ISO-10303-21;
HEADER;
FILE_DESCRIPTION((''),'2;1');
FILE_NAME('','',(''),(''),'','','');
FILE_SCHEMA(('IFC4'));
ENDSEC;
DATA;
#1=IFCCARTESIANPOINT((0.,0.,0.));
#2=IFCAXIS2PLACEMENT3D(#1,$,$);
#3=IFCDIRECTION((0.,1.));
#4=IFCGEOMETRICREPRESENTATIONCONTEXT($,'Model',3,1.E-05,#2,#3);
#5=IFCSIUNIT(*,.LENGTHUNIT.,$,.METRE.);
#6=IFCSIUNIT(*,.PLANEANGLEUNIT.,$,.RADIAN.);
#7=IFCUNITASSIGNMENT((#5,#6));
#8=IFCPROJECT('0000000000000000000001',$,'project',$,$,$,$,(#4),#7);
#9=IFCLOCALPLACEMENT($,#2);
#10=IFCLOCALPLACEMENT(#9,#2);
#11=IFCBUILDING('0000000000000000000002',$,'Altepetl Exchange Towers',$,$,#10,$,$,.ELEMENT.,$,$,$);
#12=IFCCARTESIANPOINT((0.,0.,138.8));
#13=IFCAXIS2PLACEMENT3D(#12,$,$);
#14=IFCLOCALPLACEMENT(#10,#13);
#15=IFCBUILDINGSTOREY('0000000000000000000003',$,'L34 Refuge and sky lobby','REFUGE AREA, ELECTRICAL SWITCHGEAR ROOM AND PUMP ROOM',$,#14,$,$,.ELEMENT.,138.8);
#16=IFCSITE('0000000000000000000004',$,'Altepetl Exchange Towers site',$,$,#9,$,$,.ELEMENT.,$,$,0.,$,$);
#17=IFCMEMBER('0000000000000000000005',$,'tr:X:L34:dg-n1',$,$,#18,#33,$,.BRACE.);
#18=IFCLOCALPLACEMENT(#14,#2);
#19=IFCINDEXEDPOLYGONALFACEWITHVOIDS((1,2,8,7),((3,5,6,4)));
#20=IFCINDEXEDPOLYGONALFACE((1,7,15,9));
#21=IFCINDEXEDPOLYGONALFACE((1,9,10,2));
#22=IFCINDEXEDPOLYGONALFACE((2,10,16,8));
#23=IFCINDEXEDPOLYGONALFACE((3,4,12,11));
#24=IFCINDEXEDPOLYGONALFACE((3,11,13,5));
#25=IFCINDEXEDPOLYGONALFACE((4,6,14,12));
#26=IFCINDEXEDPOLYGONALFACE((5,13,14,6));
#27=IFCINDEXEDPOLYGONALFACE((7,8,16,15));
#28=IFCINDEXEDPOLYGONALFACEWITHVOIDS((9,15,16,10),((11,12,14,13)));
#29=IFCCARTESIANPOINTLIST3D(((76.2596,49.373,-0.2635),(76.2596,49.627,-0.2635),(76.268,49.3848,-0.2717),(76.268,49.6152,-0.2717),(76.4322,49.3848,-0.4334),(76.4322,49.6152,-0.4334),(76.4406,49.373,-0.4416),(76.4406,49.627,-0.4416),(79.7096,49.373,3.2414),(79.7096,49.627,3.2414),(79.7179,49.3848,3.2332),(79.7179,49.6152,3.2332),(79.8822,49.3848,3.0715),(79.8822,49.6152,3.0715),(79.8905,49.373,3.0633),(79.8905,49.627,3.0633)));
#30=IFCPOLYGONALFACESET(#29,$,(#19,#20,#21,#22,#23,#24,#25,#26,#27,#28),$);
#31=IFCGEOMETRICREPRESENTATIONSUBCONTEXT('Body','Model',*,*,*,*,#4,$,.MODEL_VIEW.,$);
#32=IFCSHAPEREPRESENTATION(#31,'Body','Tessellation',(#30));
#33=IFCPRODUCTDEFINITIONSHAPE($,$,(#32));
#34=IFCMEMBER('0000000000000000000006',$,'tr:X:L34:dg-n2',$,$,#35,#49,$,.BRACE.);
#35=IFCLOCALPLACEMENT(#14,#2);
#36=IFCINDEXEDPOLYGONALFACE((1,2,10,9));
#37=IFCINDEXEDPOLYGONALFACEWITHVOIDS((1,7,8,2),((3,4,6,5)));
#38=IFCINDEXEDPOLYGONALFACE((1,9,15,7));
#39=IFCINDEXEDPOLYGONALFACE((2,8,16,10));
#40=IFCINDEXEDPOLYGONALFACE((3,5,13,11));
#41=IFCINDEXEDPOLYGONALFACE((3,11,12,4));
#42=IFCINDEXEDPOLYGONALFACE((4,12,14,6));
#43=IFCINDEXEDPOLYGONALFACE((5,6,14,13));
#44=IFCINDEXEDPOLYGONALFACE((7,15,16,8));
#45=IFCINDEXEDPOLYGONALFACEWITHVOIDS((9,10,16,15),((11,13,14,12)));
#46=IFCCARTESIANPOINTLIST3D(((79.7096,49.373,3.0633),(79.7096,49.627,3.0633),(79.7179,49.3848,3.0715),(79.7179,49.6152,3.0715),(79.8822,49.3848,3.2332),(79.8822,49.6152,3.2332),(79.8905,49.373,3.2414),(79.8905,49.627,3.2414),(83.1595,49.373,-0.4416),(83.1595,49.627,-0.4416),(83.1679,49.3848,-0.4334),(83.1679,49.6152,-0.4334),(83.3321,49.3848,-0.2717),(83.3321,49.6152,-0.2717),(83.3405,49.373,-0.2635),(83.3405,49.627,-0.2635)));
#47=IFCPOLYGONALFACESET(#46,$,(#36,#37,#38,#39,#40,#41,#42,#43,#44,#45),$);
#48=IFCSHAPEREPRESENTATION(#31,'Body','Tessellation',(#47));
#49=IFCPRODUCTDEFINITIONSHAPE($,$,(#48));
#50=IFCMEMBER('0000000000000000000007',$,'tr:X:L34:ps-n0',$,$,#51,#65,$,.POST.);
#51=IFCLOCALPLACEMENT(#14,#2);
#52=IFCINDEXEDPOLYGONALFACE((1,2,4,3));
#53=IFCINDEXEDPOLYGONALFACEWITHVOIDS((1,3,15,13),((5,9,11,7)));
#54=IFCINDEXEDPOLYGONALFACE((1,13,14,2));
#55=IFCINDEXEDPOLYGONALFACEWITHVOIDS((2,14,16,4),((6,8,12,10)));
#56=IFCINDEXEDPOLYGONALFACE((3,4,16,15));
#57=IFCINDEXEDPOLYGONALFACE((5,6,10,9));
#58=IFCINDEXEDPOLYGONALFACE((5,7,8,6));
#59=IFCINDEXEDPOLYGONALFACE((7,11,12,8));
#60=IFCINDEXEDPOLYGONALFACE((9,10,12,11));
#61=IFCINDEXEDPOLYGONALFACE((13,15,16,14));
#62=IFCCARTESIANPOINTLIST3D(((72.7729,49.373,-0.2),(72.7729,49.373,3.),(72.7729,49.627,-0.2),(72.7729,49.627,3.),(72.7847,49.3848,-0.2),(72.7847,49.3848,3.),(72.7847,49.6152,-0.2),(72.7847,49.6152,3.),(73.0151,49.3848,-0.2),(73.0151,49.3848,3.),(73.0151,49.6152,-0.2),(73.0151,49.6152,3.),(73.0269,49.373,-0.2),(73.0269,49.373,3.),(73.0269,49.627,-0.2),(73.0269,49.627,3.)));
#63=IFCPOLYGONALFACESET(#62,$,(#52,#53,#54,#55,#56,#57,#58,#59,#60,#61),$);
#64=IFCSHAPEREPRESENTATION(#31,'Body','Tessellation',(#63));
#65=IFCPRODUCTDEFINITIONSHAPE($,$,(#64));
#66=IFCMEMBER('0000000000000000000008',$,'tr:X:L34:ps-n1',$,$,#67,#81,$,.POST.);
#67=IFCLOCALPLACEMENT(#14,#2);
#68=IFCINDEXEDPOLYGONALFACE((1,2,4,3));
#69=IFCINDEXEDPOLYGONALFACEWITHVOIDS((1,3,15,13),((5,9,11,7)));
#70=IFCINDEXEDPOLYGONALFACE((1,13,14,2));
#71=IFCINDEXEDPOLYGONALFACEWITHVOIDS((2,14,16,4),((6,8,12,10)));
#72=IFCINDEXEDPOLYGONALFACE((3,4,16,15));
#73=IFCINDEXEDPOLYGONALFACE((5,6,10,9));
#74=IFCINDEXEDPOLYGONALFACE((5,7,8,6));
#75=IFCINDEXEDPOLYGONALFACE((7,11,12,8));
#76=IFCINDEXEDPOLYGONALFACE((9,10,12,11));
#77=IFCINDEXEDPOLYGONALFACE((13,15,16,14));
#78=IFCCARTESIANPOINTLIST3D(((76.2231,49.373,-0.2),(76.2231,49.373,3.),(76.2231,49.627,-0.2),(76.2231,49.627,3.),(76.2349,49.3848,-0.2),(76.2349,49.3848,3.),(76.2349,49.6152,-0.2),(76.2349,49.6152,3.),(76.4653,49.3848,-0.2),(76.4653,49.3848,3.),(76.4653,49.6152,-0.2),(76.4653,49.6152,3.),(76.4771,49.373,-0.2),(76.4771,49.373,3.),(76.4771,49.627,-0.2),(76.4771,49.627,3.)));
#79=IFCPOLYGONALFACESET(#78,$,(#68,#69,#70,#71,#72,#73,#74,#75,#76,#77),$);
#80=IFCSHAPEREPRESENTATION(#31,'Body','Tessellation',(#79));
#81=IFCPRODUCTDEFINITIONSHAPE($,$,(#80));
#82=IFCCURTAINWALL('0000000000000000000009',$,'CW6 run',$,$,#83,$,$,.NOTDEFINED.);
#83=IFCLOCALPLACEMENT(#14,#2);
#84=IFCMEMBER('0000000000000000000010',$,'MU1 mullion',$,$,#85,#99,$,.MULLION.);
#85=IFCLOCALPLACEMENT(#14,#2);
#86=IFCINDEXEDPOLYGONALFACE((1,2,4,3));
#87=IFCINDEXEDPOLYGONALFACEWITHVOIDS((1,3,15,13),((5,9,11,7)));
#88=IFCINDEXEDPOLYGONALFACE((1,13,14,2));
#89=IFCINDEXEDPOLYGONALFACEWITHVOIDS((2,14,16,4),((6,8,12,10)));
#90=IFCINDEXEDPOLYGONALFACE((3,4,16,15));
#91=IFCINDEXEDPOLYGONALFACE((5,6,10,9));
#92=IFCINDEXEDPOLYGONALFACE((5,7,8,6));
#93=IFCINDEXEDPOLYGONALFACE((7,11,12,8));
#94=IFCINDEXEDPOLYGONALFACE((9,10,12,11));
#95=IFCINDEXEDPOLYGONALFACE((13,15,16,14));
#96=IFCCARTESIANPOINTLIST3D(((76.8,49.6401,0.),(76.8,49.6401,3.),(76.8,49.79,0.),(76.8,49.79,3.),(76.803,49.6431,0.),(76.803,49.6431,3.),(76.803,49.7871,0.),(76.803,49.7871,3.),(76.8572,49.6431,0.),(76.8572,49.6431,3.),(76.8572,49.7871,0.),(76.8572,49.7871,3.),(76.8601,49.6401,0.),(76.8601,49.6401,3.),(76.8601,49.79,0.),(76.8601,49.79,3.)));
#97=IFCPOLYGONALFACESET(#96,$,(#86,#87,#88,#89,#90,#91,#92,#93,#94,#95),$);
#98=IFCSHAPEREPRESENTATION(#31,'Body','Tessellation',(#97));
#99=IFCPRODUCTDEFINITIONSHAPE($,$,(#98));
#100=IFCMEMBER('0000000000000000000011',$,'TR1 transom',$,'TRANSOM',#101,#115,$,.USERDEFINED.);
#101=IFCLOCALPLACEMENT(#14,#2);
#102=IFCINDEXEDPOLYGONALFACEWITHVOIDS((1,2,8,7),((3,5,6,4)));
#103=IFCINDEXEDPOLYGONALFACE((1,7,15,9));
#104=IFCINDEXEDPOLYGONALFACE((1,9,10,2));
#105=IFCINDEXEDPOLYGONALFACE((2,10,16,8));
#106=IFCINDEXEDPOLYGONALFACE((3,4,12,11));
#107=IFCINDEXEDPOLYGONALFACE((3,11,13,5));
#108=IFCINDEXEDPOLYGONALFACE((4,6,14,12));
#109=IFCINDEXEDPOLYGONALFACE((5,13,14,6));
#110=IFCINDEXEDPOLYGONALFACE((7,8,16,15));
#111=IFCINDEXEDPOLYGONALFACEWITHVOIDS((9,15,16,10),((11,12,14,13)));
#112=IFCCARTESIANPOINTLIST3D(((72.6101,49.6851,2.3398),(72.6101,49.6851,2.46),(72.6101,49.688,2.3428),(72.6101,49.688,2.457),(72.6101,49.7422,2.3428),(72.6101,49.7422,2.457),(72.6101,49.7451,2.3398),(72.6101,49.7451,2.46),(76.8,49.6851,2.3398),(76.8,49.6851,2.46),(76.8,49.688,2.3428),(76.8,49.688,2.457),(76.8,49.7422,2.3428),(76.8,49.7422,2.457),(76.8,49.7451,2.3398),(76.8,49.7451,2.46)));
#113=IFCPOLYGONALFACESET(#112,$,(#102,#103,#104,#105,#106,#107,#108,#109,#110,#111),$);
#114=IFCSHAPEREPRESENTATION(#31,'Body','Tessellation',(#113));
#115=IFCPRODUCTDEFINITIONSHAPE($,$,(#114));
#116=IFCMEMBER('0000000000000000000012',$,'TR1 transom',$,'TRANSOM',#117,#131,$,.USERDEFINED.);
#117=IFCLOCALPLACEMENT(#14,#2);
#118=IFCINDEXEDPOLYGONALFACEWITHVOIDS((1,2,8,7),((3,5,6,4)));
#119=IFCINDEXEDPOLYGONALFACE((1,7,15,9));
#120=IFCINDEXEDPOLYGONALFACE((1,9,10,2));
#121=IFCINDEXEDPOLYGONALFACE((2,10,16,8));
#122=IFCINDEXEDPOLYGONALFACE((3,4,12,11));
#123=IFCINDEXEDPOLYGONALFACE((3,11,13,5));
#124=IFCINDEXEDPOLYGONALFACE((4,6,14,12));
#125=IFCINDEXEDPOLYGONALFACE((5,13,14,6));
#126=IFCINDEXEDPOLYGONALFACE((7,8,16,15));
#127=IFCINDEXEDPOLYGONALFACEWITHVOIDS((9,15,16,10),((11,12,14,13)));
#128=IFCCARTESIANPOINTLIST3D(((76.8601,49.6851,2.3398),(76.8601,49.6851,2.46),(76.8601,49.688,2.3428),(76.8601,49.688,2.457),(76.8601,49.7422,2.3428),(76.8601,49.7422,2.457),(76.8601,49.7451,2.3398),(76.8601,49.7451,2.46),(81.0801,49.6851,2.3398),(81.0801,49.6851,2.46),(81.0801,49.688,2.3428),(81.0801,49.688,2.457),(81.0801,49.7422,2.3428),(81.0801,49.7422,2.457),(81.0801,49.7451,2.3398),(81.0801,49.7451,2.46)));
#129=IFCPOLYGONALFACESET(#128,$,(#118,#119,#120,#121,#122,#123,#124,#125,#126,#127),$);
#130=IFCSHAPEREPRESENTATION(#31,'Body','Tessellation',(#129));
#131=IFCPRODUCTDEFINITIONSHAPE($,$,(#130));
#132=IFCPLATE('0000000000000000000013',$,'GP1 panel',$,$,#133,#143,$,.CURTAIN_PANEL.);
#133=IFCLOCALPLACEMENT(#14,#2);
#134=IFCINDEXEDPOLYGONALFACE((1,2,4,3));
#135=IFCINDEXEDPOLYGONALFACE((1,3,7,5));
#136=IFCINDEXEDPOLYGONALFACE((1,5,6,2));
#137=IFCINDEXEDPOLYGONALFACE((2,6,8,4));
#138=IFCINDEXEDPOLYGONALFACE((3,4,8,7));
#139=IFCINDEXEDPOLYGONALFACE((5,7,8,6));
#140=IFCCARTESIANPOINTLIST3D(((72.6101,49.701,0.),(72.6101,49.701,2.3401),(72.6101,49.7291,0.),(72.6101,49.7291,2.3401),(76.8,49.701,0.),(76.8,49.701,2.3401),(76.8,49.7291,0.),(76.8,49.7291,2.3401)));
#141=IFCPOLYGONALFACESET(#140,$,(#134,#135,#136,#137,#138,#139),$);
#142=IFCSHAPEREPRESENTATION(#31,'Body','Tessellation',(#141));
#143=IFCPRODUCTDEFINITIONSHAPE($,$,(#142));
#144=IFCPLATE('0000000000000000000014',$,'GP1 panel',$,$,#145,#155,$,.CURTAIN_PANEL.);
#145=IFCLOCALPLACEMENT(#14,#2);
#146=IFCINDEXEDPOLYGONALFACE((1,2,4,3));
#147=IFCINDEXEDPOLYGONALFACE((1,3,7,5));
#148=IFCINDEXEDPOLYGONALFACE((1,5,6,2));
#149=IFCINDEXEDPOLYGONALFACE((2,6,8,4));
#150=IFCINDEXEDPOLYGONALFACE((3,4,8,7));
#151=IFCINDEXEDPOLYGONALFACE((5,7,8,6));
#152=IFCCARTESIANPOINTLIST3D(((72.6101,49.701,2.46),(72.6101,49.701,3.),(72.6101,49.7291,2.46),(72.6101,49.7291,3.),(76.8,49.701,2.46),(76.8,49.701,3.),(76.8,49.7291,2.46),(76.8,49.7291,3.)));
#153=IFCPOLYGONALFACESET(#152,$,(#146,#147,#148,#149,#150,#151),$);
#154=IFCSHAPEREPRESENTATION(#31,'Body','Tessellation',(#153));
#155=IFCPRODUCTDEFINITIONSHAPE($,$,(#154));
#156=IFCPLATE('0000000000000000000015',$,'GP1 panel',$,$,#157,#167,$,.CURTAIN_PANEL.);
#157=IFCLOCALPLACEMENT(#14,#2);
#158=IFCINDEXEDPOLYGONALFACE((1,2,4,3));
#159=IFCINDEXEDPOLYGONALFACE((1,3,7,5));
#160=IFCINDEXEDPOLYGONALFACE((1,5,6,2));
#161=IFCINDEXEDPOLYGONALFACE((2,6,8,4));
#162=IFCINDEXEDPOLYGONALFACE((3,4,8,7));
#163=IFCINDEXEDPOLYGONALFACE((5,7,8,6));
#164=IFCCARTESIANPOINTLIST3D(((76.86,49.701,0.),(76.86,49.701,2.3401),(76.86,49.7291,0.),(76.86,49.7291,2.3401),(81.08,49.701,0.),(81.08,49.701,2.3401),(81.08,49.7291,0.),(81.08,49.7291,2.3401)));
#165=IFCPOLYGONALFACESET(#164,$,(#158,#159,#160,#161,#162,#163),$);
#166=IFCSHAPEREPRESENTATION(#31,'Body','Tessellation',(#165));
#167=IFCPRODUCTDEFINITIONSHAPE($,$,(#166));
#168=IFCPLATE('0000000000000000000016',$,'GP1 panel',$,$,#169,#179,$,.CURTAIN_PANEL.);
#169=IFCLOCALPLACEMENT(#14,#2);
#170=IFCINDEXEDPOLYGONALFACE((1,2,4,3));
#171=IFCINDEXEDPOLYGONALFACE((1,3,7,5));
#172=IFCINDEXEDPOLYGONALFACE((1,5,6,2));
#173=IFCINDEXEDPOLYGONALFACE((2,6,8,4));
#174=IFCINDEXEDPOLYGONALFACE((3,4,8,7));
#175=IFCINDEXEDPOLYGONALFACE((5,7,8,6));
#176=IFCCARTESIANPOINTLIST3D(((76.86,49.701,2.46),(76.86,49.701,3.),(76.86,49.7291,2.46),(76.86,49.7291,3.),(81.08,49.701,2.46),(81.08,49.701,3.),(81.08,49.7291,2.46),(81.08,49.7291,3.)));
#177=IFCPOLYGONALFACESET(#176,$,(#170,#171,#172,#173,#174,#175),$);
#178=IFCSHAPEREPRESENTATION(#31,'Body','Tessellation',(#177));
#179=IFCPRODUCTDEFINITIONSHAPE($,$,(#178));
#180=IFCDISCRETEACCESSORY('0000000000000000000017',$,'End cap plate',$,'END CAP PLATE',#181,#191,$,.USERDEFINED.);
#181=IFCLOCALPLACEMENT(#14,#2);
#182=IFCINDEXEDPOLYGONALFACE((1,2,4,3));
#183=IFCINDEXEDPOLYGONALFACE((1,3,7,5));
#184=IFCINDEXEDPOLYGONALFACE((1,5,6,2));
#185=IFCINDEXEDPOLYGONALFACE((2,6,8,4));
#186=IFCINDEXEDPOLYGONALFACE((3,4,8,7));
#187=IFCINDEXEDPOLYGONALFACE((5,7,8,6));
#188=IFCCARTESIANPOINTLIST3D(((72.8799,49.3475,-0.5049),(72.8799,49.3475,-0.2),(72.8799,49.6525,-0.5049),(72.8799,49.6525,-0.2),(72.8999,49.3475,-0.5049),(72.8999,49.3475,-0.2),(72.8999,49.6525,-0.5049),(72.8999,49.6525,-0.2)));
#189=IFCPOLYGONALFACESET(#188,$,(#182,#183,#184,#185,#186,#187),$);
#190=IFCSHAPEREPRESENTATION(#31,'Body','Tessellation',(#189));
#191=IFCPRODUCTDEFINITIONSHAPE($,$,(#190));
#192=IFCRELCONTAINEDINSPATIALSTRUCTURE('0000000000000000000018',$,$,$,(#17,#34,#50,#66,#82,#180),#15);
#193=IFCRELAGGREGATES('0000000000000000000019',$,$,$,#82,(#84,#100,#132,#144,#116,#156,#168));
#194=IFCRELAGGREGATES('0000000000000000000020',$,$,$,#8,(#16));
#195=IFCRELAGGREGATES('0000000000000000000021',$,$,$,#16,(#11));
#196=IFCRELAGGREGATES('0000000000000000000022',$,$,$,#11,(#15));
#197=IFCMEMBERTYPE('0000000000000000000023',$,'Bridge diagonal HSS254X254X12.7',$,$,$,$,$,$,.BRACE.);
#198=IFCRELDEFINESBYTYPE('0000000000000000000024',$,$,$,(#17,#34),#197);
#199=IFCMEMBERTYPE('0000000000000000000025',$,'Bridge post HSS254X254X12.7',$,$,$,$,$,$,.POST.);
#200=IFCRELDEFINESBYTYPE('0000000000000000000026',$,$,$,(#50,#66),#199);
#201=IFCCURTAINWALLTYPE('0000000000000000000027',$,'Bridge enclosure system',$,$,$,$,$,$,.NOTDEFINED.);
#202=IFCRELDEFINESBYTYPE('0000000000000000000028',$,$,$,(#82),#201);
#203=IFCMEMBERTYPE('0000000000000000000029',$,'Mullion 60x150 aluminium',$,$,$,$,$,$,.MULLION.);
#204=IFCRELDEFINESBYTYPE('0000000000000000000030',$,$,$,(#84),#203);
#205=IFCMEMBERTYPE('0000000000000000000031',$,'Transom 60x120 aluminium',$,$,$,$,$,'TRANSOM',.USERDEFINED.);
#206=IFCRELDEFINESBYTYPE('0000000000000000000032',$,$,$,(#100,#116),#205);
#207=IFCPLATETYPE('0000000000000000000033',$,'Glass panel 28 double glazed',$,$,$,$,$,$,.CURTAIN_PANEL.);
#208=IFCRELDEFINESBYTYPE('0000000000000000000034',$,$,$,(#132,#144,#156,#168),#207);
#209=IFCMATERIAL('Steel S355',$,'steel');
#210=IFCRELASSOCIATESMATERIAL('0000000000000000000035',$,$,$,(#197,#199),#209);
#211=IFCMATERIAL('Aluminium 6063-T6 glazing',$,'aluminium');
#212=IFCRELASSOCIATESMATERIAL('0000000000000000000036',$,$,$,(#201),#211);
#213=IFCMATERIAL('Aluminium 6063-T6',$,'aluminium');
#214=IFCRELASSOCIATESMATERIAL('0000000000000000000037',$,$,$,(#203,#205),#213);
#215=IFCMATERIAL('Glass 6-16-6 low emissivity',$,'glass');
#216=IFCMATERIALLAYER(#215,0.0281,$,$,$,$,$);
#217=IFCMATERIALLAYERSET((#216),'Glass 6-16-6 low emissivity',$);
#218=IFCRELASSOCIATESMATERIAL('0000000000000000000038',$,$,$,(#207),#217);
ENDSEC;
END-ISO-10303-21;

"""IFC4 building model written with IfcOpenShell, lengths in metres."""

from ifc_helpers import new_model, si_unit, direction, frame, origin, origin_2d, place, context, subcontext, project, spatial, rectangle, hollow_rectangle, extrude, material, layer, layer_set, material_profile, profile_set, type_object, element, aggregate, save


model = new_model("IFC4")

# Units and contexts
model_context = context("Model", 3, precision=1e-05, world=origin(), true_north=direction((0.0, 1.0)))
body_context = subcontext(model_context, "Body", "Model", "MODEL_VIEW")
ifc_project = project(units=[si_unit("LENGTHUNIT", "METRE"), si_unit("PLANEANGLEUNIT", "RADIAN")], contexts=[model_context])

# Site, building, storey
site_placement = place(None, origin())
site = spatial("IfcSite", under=ifc_project, at=site_placement, Name="Altepetl Exchange Towers site", CompositionType="ELEMENT", RefElevation=0.0)
building_placement = place(site_placement, origin())
building = spatial("IfcBuilding", under=site, at=building_placement, Name="Altepetl Exchange Towers", CompositionType="ELEMENT")
storey_placement = place(building_placement, frame((0.0, 0.0, 138.8)))
storey = spatial("IfcBuildingStorey", under=building, at=storey_placement, Name="L34 Refuge and sky lobby", Description="REFUGE AREA, ELECTRICAL SWITCHGEAR ROOM AND PUMP ROOM", CompositionType="ELEMENT", Elevation=138.8)

# Shared definitions
ifc_material_1 = material(Name="Steel S355", Category="steel")

# Members
ifc_material_profile_1 = material_profile(ifc_material_1, hollow_rectangle(XDim=0.2539, YDim=0.2539, WallThickness=0.0117, at=origin_2d()), Name="HSS254X254X12.7")
ifc_profile_set_1 = profile_set([ifc_material_profile_1], Name="Steel S355")
member_type_1 = type_object("IfcMemberType", Name="Bridge diagonal HSS254X254X12.7", PredefinedType="BRACE", material=ifc_profile_set_1)
for number, where, z_axis, x_axis, name in (
    (1, (76.3501, 49.5, -0.3525), (0.7015, 0.0, 0.71267), (0.0, 1.0, 0.0), "tr:X:L34:dg-n1"),
    (2, (79.8, 49.5, 3.1523), (0.7015, 0.0, -0.71267), (0.0, 1.0, 0.0), "tr:X:L34:dg-n2"),
):
    element("IfcMember", number, at=place(storey_placement, frame(where, z_axis=z_axis, x_axis=x_axis)), inside=storey, type_object=member_type_1, Name=name, PredefinedType="BRACE", context=body_context, shape_type="SweptSolid", body=[
        extrude(hollow_rectangle(XDim=0.2539, YDim=0.2539, WallThickness=0.0117, at=origin_2d()), origin(), (0.0, 0.0, 1.0), 4.918),
    ])
ifc_material_profile_2 = material_profile(ifc_material_1, hollow_rectangle(XDim=0.2539, YDim=0.2539, WallThickness=0.0117, at=origin_2d()), Name="HSS254X254X12.7")
ifc_profile_set_2 = profile_set([ifc_material_profile_2], Name="Steel S355")
member_type_2 = type_object("IfcMemberType", Name="Bridge post HSS254X254X12.7", PredefinedType="POST", material=ifc_profile_set_2)
for number, where, name in (
    (3, (72.8999, 49.5, -0.2), "tr:X:L34:ps-n0"),
    (4, (76.3501, 49.5, -0.2), "tr:X:L34:ps-n1"),
):
    element("IfcMember", number, at=place(storey_placement, frame(where)), inside=storey, type_object=member_type_2, Name=name, PredefinedType="POST", context=body_context, shape_type="SweptSolid", body=[
        extrude(hollow_rectangle(XDim=0.2539, YDim=0.2539, WallThickness=0.0117, at=origin_2d()), origin(), (0.0, 0.0, 1.0), 3.2),
    ])

# Curtain wall, members, plates
ifc_material_2 = material(Name="Aluminium 6063-T6 glazing", Category="aluminium")
curtain_wall_type = type_object("IfcCurtainWallType", Name="Bridge enclosure system", PredefinedType="NOTDEFINED", material=ifc_material_2)
curtain_wall_placement = place(storey_placement, origin())
curtain_wall = element("IfcCurtainWall", 5, at=curtain_wall_placement, inside=storey, type_object=curtain_wall_type, Name="CW6 run", PredefinedType="NOTDEFINED")
ifc_material_3 = material(Name="Aluminium 6063-T6", Category="aluminium")
ifc_material_profile_3 = material_profile(ifc_material_3, hollow_rectangle(XDim=0.0601, YDim=0.1499, WallThickness=0.0029, at=origin_2d()), Name="Mullion 60x150 aluminium")
ifc_profile_set_3 = profile_set([ifc_material_profile_3], Name="Aluminium 6063-T6")
member_type_3 = type_object("IfcMemberType", Name="Mullion 60x150 aluminium", PredefinedType="MULLION", material=ifc_profile_set_3)
member_1_placement = place(storey_placement, frame((76.8301, 49.7151, 0.0)))
member_1 = element("IfcMember", 6, at=member_1_placement, type_object=member_type_3, Name="MU1 mullion", PredefinedType="MULLION", context=body_context, shape_type="SweptSolid", body=[
    extrude(hollow_rectangle(XDim=0.0601, YDim=0.1499, WallThickness=0.0029, at=origin_2d()), origin(), (0.0, 0.0, 1.0), 3.0),
])
ifc_material_profile_4 = material_profile(ifc_material_3, hollow_rectangle(XDim=0.0601, YDim=0.1201, WallThickness=0.0029, at=origin_2d()), Name="Transom 60x120 aluminium")
ifc_profile_set_4 = profile_set([ifc_material_profile_4], Name="Aluminium 6063-T6")
member_type_4 = type_object("IfcMemberType", Name="Transom 60x120 aluminium", ElementType="TRANSOM", PredefinedType="USERDEFINED", material=ifc_profile_set_4)
member_2_placement = place(storey_placement, frame((72.6101, 49.7151, 2.3999), z_axis=(1.0, 0.0, 0.0), x_axis=(0.0, 1.0, 0.0)))
member_2 = element("IfcMember", 7, at=member_2_placement, type_object=member_type_4, Name="TR1 transom", ObjectType="TRANSOM", PredefinedType="USERDEFINED", context=body_context, shape_type="SweptSolid", body=[
    extrude(hollow_rectangle(XDim=0.0601, YDim=0.1201, WallThickness=0.0029, at=origin_2d()), origin(), (0.0, 0.0, 1.0), 4.1899),
])
member_3_placement = place(storey_placement, frame((76.8601, 49.7151, 2.3999), z_axis=(1.0, 0.0, 0.0), x_axis=(0.0, 1.0, 0.0)))
member_3 = element("IfcMember", 8, at=member_3_placement, type_object=member_type_4, Name="TR1 transom", ObjectType="TRANSOM", PredefinedType="USERDEFINED", context=body_context, shape_type="SweptSolid", body=[
    extrude(hollow_rectangle(XDim=0.0601, YDim=0.1201, WallThickness=0.0029, at=origin_2d()), origin(), (0.0, 0.0, 1.0), 4.22),
])
ifc_material_4 = material(Name="Glass 6-16-6 low emissivity", Category="glass")
ifc_layer = layer(ifc_material_4, 0.0281)
ifc_layer_set = layer_set([ifc_layer], Name="Glass 6-16-6 low emissivity")
plate_type = type_object("IfcPlateType", Name="Glass panel 28 double glazed", PredefinedType="CURTAIN_PANEL", material=ifc_layer_set)
plate_1_placement = place(storey_placement, frame((74.7051, 49.7151, 0.0)))
plate_1 = element("IfcPlate", 9, at=plate_1_placement, type_object=plate_type, Name="GP1 panel", PredefinedType="CURTAIN_PANEL", context=body_context, shape_type="SweptSolid", body=[
    extrude(rectangle(XDim=4.1899, YDim=0.0281, at=origin_2d()), origin(), (0.0, 0.0, 1.0), 2.3401),
])
plate_2_placement = place(storey_placement, frame((74.7051, 49.7151, 2.46)))
plate_2 = element("IfcPlate", 10, at=plate_2_placement, type_object=plate_type, Name="GP1 panel", PredefinedType="CURTAIN_PANEL", context=body_context, shape_type="SweptSolid", body=[
    extrude(rectangle(XDim=4.1899, YDim=0.0281, at=origin_2d()), origin(), (0.0, 0.0, 1.0), 0.54),
])
plate_3_placement = place(storey_placement, frame((78.97, 49.7151, 0.0)))
plate_3 = element("IfcPlate", 11, at=plate_3_placement, type_object=plate_type, Name="GP1 panel", PredefinedType="CURTAIN_PANEL", context=body_context, shape_type="SweptSolid", body=[
    extrude(rectangle(XDim=4.22, YDim=0.0281, at=origin_2d()), origin(), (0.0, 0.0, 1.0), 2.3401),
])
plate_4_placement = place(storey_placement, frame((78.97, 49.7151, 2.46)))
plate_4 = element("IfcPlate", 12, at=plate_4_placement, type_object=plate_type, Name="GP1 panel", PredefinedType="CURTAIN_PANEL", context=body_context, shape_type="SweptSolid", body=[
    extrude(rectangle(XDim=4.22, YDim=0.0281, at=origin_2d()), origin(), (0.0, 0.0, 1.0), 0.54),
])
aggregate(curtain_wall, [member_1, member_2, plate_1, plate_2, member_3, plate_3, plate_4])

# Discrete accessory
discrete_accessory_1_placement = place(storey_placement, frame((72.8899, 49.5, -0.5049), z_axis=(0.0, 0.0, 1.0), x_axis=(-1.0, 0.0, 0.0)))
element("IfcDiscreteAccessory", 13, at=discrete_accessory_1_placement, inside=storey, Name="End cap plate", ObjectType="END CAP PLATE", PredefinedType="USERDEFINED", context=body_context, shape_type="SweptSolid", body=[
    extrude(rectangle(XDim=0.02, YDim=0.3049, at=origin_2d()), origin(), (0.0, 0.0, 1.0), 0.3049),
])

save(model, "model.ifc")
